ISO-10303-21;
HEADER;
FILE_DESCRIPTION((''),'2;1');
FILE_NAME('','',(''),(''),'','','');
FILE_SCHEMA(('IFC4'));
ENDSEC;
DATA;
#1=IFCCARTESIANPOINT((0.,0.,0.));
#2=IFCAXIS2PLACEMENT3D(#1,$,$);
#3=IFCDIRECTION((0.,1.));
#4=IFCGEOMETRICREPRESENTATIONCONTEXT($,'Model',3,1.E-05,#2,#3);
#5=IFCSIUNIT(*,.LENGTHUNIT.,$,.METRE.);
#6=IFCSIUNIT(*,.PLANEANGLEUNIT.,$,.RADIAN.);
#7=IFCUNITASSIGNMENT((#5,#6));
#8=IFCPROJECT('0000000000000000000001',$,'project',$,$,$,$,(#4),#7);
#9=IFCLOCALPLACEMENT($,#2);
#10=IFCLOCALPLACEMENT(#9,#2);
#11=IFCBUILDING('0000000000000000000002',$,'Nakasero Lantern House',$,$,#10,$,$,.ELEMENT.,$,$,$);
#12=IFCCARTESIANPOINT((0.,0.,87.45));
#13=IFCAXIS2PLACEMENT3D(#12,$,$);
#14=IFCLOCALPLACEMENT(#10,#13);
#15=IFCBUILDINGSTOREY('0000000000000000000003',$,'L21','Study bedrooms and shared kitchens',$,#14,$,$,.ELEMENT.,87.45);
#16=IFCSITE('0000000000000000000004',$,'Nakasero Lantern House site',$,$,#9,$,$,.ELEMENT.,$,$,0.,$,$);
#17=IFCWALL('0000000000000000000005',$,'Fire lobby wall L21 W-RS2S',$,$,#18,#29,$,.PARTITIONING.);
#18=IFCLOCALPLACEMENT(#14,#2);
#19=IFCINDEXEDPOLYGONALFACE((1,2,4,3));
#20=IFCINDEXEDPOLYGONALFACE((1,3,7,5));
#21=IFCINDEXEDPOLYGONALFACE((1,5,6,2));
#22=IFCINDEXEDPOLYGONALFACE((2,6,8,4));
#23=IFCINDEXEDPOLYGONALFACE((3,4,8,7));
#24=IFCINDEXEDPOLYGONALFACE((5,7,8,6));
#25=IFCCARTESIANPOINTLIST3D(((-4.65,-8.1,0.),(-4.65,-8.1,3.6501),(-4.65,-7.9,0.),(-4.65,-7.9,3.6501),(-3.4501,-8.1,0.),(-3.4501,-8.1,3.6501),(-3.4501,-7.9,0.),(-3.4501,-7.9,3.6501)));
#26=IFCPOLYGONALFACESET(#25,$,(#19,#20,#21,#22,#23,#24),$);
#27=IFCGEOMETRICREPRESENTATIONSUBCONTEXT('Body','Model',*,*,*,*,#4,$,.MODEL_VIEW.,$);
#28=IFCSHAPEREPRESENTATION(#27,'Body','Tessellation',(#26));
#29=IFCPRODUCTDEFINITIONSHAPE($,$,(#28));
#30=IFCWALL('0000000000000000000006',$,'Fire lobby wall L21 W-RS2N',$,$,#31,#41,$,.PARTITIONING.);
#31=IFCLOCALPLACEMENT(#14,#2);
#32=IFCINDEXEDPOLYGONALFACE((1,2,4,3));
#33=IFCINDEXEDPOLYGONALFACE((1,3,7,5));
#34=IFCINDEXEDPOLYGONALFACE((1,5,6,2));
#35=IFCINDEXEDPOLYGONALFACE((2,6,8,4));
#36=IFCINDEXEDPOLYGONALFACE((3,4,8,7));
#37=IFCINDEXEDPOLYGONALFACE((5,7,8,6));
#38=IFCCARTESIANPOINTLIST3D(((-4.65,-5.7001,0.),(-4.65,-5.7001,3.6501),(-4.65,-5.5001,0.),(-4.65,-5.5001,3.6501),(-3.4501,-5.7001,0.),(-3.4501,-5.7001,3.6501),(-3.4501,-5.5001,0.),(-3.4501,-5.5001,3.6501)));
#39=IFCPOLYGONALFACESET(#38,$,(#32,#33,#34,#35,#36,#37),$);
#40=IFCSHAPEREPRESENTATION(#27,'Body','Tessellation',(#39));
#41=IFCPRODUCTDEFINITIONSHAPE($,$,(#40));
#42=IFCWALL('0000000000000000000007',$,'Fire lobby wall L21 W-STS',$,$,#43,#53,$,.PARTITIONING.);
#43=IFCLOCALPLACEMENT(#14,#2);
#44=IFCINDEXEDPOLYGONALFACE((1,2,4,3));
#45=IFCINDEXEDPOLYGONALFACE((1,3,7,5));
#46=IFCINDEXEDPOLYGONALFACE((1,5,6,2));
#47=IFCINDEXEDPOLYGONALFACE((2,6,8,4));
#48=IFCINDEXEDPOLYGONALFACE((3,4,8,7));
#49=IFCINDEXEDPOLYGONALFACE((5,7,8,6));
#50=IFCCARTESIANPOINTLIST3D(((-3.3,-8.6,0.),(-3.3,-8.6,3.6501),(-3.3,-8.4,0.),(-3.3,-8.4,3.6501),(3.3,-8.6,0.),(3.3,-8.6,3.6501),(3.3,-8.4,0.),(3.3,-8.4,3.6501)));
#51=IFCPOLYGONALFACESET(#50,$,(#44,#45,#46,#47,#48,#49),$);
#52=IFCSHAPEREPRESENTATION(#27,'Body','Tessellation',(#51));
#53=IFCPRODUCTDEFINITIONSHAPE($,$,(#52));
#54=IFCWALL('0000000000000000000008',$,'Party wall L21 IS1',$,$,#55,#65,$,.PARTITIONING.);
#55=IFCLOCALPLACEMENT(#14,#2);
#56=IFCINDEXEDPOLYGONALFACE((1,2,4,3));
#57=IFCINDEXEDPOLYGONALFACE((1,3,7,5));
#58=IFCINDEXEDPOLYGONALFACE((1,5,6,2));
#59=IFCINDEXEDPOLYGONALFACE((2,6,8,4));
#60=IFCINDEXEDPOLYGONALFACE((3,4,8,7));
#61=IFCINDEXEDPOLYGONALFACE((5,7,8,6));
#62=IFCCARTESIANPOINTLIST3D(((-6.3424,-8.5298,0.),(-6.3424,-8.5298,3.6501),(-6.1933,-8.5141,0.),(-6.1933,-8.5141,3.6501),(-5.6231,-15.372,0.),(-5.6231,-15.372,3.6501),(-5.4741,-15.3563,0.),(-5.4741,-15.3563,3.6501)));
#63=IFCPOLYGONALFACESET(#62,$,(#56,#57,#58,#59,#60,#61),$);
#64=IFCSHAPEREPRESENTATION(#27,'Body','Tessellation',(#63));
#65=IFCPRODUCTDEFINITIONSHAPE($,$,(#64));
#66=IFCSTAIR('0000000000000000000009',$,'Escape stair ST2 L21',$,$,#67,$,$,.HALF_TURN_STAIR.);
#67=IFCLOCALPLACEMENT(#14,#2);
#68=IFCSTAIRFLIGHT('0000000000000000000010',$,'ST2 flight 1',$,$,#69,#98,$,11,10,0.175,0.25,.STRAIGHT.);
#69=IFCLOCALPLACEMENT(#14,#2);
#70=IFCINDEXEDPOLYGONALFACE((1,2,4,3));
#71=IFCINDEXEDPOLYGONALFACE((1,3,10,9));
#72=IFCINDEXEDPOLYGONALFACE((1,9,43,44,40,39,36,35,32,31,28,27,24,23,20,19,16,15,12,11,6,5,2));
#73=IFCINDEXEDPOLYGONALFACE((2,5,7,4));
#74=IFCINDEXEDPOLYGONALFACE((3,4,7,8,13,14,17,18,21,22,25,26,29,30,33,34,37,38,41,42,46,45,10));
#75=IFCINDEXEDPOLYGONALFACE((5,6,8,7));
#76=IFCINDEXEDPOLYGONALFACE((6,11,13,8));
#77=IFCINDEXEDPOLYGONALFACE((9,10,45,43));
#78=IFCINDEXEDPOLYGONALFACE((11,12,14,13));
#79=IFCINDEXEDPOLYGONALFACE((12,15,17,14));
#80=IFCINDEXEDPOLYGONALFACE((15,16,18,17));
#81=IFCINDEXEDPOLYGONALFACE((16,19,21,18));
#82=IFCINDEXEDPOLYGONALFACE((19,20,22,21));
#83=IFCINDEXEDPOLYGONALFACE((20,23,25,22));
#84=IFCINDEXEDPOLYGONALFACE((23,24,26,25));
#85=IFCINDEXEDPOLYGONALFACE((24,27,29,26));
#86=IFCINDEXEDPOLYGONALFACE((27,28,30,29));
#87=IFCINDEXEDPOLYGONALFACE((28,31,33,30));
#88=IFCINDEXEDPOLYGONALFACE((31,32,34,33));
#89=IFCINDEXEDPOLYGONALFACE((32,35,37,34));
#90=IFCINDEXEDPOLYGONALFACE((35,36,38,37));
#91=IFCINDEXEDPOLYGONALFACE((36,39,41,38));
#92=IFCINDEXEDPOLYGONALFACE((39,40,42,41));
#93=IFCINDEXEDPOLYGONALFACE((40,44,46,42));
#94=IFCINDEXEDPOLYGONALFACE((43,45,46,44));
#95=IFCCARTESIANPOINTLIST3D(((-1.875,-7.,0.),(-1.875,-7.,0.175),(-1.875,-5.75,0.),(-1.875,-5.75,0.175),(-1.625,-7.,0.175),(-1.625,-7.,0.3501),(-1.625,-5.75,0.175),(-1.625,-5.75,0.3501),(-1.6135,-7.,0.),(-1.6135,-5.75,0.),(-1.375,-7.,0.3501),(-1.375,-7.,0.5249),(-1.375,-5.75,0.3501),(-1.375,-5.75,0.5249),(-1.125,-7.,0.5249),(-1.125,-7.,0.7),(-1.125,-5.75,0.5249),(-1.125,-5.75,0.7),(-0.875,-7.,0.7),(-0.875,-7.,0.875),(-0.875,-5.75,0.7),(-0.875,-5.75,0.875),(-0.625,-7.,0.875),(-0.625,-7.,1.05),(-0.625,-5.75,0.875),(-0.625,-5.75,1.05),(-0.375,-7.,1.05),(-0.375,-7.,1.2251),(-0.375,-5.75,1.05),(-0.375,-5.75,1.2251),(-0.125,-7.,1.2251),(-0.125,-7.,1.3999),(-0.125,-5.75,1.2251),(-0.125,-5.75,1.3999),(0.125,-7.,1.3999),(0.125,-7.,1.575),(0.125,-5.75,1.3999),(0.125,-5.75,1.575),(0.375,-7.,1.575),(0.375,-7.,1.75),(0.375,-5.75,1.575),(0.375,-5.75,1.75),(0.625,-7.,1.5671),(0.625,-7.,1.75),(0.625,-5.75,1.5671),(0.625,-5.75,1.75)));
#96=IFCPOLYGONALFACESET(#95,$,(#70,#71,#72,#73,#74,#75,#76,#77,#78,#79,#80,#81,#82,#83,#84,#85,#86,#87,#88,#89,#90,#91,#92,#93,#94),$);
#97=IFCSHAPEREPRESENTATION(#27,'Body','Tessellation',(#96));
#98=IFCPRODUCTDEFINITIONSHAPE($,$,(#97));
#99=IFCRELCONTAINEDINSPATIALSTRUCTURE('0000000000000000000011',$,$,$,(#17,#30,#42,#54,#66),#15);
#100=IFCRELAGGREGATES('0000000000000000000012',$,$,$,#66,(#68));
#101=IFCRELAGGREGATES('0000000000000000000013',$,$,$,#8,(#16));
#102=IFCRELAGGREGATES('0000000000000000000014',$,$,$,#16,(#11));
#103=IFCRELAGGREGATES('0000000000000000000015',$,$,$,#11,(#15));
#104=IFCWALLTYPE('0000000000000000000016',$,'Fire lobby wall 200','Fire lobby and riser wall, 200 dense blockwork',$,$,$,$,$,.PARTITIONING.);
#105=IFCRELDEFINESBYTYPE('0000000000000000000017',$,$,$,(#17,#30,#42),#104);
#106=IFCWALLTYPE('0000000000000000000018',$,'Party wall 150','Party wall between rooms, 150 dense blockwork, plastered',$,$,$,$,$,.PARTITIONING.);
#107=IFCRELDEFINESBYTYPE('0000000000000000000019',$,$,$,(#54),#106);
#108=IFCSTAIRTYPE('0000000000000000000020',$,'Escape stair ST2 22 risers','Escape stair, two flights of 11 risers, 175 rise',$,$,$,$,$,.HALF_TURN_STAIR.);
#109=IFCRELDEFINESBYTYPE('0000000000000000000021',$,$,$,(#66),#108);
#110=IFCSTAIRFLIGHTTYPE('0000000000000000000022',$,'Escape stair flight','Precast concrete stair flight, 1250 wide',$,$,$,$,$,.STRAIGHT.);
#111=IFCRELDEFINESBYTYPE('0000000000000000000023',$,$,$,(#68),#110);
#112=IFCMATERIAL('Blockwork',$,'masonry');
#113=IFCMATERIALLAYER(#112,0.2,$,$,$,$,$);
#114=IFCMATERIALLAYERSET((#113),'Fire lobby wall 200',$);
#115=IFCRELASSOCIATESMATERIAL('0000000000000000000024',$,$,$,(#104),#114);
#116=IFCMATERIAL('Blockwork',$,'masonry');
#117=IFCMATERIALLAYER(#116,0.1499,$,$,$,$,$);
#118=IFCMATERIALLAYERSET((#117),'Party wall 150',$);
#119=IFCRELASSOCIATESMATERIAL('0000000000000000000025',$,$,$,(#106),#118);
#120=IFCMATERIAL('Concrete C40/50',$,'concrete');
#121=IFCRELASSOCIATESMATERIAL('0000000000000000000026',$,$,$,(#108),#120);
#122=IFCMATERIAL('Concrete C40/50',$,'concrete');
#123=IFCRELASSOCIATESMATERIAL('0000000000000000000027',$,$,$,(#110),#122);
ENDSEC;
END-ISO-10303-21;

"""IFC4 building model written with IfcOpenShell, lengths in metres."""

from ifc_helpers import new_model, si_unit, direction, frame, frame_2d, origin, place, context, subcontext, project, spatial, polyline, rectangle, outline, extrude, material, layer, layer_set, type_object, element, aggregate, save


model = new_model("IFC4")

# Units and contexts
model_context = context("Model", 3, precision=1e-05, world=origin(), true_north=direction((0.0, 1.0)))
body_context = subcontext(model_context, "Body", "Model", "MODEL_VIEW")
ifc_project = project(units=[si_unit("LENGTHUNIT", "METRE"), si_unit("PLANEANGLEUNIT", "RADIAN")], contexts=[model_context])

# Site, building, storey
site_placement = place(None, origin())
site = spatial("IfcSite", under=ifc_project, at=site_placement, Name="Nakasero Lantern House site", CompositionType="ELEMENT", RefElevation=0.0)
building_placement = place(site_placement, origin())
building = spatial("IfcBuilding", under=site, at=building_placement, Name="Nakasero Lantern House", CompositionType="ELEMENT")
storey_placement = place(building_placement, frame((0.0, 0.0, 87.45)))
storey = spatial("IfcBuildingStorey", under=building, at=storey_placement, Name="L21", Description="Study bedrooms and shared kitchens", CompositionType="ELEMENT", Elevation=87.45)

# Shared definitions
ifc_material_1 = material(Name="Blockwork", Category="masonry")
ifc_layer_1 = layer(ifc_material_1, 0.2)
ifc_layer_set_1 = layer_set([ifc_layer_1], Name="Fire lobby wall 200")
wall_type_1 = type_object("IfcWallType", Name="Fire lobby wall 200", Description="Fire lobby and riser wall, 200 dense blockwork", PredefinedType="PARTITIONING", material=ifc_layer_set_1)

# Walls
for number, where, z_axis, x_axis, name in (
    (1, (-3.45, -8.0, 0.0), (0.0, 0.0, 1.0), (-1.0, 0.0, 0.0), "Fire lobby wall L21 W-RS2S"),
    (2, (-3.45, -5.6001, 0.0), (0.0, 0.0, 1.0), (-1.0, 0.0, 0.0), "Fire lobby wall L21 W-RS2N"),
):
    element("IfcWall", number, at=place(storey_placement, frame(where, z_axis=z_axis, x_axis=x_axis)), inside=storey, type_object=wall_type_1, Name=name, PredefinedType="PARTITIONING", context=body_context, shape_type="SweptSolid", body=[
        extrude(rectangle(XDim=1.2, YDim=0.2, at=frame_2d((0.6001, 0.0))), origin(), (0.0, 0.0, 1.0), 3.6501),
    ])
wall_1_placement = place(storey_placement, frame((-3.3, -8.5, 0.0), z_axis=(0.0, 0.0, 1.0), x_axis=(1.0, 0.0, 0.0)))
element("IfcWall", 3, at=wall_1_placement, inside=storey, type_object=wall_type_1, Name="Fire lobby wall L21 W-STS", PredefinedType="PARTITIONING", context=body_context, shape_type="SweptSolid", body=[
    extrude(rectangle(XDim=6.6001, YDim=0.2, at=frame_2d((3.3, 0.0))), origin(), (0.0, 0.0, 1.0), 3.6501),
])
ifc_material_2 = material(Name="Blockwork", Category="masonry")
ifc_layer_2 = layer(ifc_material_2, 0.1499)
ifc_layer_set_2 = layer_set([ifc_layer_2], Name="Party wall 150")
wall_type_2 = type_object("IfcWallType", Name="Party wall 150", Description="Party wall between rooms, 150 dense blockwork, plastered", PredefinedType="PARTITIONING", material=ifc_layer_set_2)
wall_2_placement = place(storey_placement, frame((-6.2678, -8.522, 0.0), z_axis=(0.0, 0.0, 1.0), x_axis=(0.104541, -0.994521, 0.0)))
element("IfcWall", 4, at=wall_2_placement, inside=storey, type_object=wall_type_2, Name="Party wall L21 IS1", PredefinedType="PARTITIONING", context=body_context, shape_type="SweptSolid", body=[
    extrude(rectangle(XDim=6.8799, YDim=0.1499, at=frame_2d((3.4399, 0.0))), origin(), (0.0, 0.0, 1.0), 3.6501),
])

# Stair, stair flight
ifc_material_3 = material(Name="Concrete C40/50", Category="concrete")
stair_type = type_object("IfcStairType", Name="Escape stair ST2 22 risers", Description="Escape stair, two flights of 11 risers, 175 rise", PredefinedType="HALF_TURN_STAIR", material=ifc_material_3)
stair_placement = place(storey_placement, origin())
stair = element("IfcStair", 5, at=stair_placement, inside=storey, type_object=stair_type, Name="Escape stair ST2 L21", PredefinedType="HALF_TURN_STAIR")
ifc_material_4 = material(Name="Concrete C40/50", Category="concrete")
stair_flight_type = type_object("IfcStairFlightType", Name="Escape stair flight", Description="Precast concrete stair flight, 1250 wide", PredefinedType="STRAIGHT", material=ifc_material_4)
stair_flight_placement = place(storey_placement, frame((-1.875, -6.375, 0.0), z_axis=(0.0, 0.0, 1.0), x_axis=(1.0, 0.0, 0.0)))
stair_flight = element("IfcStairFlight", 6, at=stair_flight_placement, type_object=stair_flight_type, Name="ST2 flight 1", NumberOfRisers=11, NumberOfTreads=10, PredefinedType="STRAIGHT", RiserHeight=0.175, TreadLength=0.25, context=body_context, shape_type="SweptSolid", body=[
    extrude(outline(polyline([(0.0, 0.0), (0.0, 0.175), (0.25, 0.175), (0.25, 0.3501), (0.5, 0.3501), (0.5, 0.5249), (0.75, 0.5249), (0.75, 0.7), (1.0, 0.7), (1.0, 0.875), (1.25, 0.875), (1.25, 1.05), (1.5, 1.05), (1.5, 1.2251), (1.75, 1.2251), (1.75, 1.3999), (2.0, 1.3999), (2.0, 1.575), (2.25, 1.575), (2.25, 1.75), (2.5, 1.75), (2.5, 1.925), (2.5, 1.5671), (0.2615, 0.0), (0.0, 0.0)])), frame((0.0, 0.625, 0.0), z_axis=(0.0, -1.0, 0.0), x_axis=(1.0, 0.0, 0.0)), (0.0, 0.0, 1.0), 1.25),
])
aggregate(stair, [stair_flight])

save(model, "model.ifc")
